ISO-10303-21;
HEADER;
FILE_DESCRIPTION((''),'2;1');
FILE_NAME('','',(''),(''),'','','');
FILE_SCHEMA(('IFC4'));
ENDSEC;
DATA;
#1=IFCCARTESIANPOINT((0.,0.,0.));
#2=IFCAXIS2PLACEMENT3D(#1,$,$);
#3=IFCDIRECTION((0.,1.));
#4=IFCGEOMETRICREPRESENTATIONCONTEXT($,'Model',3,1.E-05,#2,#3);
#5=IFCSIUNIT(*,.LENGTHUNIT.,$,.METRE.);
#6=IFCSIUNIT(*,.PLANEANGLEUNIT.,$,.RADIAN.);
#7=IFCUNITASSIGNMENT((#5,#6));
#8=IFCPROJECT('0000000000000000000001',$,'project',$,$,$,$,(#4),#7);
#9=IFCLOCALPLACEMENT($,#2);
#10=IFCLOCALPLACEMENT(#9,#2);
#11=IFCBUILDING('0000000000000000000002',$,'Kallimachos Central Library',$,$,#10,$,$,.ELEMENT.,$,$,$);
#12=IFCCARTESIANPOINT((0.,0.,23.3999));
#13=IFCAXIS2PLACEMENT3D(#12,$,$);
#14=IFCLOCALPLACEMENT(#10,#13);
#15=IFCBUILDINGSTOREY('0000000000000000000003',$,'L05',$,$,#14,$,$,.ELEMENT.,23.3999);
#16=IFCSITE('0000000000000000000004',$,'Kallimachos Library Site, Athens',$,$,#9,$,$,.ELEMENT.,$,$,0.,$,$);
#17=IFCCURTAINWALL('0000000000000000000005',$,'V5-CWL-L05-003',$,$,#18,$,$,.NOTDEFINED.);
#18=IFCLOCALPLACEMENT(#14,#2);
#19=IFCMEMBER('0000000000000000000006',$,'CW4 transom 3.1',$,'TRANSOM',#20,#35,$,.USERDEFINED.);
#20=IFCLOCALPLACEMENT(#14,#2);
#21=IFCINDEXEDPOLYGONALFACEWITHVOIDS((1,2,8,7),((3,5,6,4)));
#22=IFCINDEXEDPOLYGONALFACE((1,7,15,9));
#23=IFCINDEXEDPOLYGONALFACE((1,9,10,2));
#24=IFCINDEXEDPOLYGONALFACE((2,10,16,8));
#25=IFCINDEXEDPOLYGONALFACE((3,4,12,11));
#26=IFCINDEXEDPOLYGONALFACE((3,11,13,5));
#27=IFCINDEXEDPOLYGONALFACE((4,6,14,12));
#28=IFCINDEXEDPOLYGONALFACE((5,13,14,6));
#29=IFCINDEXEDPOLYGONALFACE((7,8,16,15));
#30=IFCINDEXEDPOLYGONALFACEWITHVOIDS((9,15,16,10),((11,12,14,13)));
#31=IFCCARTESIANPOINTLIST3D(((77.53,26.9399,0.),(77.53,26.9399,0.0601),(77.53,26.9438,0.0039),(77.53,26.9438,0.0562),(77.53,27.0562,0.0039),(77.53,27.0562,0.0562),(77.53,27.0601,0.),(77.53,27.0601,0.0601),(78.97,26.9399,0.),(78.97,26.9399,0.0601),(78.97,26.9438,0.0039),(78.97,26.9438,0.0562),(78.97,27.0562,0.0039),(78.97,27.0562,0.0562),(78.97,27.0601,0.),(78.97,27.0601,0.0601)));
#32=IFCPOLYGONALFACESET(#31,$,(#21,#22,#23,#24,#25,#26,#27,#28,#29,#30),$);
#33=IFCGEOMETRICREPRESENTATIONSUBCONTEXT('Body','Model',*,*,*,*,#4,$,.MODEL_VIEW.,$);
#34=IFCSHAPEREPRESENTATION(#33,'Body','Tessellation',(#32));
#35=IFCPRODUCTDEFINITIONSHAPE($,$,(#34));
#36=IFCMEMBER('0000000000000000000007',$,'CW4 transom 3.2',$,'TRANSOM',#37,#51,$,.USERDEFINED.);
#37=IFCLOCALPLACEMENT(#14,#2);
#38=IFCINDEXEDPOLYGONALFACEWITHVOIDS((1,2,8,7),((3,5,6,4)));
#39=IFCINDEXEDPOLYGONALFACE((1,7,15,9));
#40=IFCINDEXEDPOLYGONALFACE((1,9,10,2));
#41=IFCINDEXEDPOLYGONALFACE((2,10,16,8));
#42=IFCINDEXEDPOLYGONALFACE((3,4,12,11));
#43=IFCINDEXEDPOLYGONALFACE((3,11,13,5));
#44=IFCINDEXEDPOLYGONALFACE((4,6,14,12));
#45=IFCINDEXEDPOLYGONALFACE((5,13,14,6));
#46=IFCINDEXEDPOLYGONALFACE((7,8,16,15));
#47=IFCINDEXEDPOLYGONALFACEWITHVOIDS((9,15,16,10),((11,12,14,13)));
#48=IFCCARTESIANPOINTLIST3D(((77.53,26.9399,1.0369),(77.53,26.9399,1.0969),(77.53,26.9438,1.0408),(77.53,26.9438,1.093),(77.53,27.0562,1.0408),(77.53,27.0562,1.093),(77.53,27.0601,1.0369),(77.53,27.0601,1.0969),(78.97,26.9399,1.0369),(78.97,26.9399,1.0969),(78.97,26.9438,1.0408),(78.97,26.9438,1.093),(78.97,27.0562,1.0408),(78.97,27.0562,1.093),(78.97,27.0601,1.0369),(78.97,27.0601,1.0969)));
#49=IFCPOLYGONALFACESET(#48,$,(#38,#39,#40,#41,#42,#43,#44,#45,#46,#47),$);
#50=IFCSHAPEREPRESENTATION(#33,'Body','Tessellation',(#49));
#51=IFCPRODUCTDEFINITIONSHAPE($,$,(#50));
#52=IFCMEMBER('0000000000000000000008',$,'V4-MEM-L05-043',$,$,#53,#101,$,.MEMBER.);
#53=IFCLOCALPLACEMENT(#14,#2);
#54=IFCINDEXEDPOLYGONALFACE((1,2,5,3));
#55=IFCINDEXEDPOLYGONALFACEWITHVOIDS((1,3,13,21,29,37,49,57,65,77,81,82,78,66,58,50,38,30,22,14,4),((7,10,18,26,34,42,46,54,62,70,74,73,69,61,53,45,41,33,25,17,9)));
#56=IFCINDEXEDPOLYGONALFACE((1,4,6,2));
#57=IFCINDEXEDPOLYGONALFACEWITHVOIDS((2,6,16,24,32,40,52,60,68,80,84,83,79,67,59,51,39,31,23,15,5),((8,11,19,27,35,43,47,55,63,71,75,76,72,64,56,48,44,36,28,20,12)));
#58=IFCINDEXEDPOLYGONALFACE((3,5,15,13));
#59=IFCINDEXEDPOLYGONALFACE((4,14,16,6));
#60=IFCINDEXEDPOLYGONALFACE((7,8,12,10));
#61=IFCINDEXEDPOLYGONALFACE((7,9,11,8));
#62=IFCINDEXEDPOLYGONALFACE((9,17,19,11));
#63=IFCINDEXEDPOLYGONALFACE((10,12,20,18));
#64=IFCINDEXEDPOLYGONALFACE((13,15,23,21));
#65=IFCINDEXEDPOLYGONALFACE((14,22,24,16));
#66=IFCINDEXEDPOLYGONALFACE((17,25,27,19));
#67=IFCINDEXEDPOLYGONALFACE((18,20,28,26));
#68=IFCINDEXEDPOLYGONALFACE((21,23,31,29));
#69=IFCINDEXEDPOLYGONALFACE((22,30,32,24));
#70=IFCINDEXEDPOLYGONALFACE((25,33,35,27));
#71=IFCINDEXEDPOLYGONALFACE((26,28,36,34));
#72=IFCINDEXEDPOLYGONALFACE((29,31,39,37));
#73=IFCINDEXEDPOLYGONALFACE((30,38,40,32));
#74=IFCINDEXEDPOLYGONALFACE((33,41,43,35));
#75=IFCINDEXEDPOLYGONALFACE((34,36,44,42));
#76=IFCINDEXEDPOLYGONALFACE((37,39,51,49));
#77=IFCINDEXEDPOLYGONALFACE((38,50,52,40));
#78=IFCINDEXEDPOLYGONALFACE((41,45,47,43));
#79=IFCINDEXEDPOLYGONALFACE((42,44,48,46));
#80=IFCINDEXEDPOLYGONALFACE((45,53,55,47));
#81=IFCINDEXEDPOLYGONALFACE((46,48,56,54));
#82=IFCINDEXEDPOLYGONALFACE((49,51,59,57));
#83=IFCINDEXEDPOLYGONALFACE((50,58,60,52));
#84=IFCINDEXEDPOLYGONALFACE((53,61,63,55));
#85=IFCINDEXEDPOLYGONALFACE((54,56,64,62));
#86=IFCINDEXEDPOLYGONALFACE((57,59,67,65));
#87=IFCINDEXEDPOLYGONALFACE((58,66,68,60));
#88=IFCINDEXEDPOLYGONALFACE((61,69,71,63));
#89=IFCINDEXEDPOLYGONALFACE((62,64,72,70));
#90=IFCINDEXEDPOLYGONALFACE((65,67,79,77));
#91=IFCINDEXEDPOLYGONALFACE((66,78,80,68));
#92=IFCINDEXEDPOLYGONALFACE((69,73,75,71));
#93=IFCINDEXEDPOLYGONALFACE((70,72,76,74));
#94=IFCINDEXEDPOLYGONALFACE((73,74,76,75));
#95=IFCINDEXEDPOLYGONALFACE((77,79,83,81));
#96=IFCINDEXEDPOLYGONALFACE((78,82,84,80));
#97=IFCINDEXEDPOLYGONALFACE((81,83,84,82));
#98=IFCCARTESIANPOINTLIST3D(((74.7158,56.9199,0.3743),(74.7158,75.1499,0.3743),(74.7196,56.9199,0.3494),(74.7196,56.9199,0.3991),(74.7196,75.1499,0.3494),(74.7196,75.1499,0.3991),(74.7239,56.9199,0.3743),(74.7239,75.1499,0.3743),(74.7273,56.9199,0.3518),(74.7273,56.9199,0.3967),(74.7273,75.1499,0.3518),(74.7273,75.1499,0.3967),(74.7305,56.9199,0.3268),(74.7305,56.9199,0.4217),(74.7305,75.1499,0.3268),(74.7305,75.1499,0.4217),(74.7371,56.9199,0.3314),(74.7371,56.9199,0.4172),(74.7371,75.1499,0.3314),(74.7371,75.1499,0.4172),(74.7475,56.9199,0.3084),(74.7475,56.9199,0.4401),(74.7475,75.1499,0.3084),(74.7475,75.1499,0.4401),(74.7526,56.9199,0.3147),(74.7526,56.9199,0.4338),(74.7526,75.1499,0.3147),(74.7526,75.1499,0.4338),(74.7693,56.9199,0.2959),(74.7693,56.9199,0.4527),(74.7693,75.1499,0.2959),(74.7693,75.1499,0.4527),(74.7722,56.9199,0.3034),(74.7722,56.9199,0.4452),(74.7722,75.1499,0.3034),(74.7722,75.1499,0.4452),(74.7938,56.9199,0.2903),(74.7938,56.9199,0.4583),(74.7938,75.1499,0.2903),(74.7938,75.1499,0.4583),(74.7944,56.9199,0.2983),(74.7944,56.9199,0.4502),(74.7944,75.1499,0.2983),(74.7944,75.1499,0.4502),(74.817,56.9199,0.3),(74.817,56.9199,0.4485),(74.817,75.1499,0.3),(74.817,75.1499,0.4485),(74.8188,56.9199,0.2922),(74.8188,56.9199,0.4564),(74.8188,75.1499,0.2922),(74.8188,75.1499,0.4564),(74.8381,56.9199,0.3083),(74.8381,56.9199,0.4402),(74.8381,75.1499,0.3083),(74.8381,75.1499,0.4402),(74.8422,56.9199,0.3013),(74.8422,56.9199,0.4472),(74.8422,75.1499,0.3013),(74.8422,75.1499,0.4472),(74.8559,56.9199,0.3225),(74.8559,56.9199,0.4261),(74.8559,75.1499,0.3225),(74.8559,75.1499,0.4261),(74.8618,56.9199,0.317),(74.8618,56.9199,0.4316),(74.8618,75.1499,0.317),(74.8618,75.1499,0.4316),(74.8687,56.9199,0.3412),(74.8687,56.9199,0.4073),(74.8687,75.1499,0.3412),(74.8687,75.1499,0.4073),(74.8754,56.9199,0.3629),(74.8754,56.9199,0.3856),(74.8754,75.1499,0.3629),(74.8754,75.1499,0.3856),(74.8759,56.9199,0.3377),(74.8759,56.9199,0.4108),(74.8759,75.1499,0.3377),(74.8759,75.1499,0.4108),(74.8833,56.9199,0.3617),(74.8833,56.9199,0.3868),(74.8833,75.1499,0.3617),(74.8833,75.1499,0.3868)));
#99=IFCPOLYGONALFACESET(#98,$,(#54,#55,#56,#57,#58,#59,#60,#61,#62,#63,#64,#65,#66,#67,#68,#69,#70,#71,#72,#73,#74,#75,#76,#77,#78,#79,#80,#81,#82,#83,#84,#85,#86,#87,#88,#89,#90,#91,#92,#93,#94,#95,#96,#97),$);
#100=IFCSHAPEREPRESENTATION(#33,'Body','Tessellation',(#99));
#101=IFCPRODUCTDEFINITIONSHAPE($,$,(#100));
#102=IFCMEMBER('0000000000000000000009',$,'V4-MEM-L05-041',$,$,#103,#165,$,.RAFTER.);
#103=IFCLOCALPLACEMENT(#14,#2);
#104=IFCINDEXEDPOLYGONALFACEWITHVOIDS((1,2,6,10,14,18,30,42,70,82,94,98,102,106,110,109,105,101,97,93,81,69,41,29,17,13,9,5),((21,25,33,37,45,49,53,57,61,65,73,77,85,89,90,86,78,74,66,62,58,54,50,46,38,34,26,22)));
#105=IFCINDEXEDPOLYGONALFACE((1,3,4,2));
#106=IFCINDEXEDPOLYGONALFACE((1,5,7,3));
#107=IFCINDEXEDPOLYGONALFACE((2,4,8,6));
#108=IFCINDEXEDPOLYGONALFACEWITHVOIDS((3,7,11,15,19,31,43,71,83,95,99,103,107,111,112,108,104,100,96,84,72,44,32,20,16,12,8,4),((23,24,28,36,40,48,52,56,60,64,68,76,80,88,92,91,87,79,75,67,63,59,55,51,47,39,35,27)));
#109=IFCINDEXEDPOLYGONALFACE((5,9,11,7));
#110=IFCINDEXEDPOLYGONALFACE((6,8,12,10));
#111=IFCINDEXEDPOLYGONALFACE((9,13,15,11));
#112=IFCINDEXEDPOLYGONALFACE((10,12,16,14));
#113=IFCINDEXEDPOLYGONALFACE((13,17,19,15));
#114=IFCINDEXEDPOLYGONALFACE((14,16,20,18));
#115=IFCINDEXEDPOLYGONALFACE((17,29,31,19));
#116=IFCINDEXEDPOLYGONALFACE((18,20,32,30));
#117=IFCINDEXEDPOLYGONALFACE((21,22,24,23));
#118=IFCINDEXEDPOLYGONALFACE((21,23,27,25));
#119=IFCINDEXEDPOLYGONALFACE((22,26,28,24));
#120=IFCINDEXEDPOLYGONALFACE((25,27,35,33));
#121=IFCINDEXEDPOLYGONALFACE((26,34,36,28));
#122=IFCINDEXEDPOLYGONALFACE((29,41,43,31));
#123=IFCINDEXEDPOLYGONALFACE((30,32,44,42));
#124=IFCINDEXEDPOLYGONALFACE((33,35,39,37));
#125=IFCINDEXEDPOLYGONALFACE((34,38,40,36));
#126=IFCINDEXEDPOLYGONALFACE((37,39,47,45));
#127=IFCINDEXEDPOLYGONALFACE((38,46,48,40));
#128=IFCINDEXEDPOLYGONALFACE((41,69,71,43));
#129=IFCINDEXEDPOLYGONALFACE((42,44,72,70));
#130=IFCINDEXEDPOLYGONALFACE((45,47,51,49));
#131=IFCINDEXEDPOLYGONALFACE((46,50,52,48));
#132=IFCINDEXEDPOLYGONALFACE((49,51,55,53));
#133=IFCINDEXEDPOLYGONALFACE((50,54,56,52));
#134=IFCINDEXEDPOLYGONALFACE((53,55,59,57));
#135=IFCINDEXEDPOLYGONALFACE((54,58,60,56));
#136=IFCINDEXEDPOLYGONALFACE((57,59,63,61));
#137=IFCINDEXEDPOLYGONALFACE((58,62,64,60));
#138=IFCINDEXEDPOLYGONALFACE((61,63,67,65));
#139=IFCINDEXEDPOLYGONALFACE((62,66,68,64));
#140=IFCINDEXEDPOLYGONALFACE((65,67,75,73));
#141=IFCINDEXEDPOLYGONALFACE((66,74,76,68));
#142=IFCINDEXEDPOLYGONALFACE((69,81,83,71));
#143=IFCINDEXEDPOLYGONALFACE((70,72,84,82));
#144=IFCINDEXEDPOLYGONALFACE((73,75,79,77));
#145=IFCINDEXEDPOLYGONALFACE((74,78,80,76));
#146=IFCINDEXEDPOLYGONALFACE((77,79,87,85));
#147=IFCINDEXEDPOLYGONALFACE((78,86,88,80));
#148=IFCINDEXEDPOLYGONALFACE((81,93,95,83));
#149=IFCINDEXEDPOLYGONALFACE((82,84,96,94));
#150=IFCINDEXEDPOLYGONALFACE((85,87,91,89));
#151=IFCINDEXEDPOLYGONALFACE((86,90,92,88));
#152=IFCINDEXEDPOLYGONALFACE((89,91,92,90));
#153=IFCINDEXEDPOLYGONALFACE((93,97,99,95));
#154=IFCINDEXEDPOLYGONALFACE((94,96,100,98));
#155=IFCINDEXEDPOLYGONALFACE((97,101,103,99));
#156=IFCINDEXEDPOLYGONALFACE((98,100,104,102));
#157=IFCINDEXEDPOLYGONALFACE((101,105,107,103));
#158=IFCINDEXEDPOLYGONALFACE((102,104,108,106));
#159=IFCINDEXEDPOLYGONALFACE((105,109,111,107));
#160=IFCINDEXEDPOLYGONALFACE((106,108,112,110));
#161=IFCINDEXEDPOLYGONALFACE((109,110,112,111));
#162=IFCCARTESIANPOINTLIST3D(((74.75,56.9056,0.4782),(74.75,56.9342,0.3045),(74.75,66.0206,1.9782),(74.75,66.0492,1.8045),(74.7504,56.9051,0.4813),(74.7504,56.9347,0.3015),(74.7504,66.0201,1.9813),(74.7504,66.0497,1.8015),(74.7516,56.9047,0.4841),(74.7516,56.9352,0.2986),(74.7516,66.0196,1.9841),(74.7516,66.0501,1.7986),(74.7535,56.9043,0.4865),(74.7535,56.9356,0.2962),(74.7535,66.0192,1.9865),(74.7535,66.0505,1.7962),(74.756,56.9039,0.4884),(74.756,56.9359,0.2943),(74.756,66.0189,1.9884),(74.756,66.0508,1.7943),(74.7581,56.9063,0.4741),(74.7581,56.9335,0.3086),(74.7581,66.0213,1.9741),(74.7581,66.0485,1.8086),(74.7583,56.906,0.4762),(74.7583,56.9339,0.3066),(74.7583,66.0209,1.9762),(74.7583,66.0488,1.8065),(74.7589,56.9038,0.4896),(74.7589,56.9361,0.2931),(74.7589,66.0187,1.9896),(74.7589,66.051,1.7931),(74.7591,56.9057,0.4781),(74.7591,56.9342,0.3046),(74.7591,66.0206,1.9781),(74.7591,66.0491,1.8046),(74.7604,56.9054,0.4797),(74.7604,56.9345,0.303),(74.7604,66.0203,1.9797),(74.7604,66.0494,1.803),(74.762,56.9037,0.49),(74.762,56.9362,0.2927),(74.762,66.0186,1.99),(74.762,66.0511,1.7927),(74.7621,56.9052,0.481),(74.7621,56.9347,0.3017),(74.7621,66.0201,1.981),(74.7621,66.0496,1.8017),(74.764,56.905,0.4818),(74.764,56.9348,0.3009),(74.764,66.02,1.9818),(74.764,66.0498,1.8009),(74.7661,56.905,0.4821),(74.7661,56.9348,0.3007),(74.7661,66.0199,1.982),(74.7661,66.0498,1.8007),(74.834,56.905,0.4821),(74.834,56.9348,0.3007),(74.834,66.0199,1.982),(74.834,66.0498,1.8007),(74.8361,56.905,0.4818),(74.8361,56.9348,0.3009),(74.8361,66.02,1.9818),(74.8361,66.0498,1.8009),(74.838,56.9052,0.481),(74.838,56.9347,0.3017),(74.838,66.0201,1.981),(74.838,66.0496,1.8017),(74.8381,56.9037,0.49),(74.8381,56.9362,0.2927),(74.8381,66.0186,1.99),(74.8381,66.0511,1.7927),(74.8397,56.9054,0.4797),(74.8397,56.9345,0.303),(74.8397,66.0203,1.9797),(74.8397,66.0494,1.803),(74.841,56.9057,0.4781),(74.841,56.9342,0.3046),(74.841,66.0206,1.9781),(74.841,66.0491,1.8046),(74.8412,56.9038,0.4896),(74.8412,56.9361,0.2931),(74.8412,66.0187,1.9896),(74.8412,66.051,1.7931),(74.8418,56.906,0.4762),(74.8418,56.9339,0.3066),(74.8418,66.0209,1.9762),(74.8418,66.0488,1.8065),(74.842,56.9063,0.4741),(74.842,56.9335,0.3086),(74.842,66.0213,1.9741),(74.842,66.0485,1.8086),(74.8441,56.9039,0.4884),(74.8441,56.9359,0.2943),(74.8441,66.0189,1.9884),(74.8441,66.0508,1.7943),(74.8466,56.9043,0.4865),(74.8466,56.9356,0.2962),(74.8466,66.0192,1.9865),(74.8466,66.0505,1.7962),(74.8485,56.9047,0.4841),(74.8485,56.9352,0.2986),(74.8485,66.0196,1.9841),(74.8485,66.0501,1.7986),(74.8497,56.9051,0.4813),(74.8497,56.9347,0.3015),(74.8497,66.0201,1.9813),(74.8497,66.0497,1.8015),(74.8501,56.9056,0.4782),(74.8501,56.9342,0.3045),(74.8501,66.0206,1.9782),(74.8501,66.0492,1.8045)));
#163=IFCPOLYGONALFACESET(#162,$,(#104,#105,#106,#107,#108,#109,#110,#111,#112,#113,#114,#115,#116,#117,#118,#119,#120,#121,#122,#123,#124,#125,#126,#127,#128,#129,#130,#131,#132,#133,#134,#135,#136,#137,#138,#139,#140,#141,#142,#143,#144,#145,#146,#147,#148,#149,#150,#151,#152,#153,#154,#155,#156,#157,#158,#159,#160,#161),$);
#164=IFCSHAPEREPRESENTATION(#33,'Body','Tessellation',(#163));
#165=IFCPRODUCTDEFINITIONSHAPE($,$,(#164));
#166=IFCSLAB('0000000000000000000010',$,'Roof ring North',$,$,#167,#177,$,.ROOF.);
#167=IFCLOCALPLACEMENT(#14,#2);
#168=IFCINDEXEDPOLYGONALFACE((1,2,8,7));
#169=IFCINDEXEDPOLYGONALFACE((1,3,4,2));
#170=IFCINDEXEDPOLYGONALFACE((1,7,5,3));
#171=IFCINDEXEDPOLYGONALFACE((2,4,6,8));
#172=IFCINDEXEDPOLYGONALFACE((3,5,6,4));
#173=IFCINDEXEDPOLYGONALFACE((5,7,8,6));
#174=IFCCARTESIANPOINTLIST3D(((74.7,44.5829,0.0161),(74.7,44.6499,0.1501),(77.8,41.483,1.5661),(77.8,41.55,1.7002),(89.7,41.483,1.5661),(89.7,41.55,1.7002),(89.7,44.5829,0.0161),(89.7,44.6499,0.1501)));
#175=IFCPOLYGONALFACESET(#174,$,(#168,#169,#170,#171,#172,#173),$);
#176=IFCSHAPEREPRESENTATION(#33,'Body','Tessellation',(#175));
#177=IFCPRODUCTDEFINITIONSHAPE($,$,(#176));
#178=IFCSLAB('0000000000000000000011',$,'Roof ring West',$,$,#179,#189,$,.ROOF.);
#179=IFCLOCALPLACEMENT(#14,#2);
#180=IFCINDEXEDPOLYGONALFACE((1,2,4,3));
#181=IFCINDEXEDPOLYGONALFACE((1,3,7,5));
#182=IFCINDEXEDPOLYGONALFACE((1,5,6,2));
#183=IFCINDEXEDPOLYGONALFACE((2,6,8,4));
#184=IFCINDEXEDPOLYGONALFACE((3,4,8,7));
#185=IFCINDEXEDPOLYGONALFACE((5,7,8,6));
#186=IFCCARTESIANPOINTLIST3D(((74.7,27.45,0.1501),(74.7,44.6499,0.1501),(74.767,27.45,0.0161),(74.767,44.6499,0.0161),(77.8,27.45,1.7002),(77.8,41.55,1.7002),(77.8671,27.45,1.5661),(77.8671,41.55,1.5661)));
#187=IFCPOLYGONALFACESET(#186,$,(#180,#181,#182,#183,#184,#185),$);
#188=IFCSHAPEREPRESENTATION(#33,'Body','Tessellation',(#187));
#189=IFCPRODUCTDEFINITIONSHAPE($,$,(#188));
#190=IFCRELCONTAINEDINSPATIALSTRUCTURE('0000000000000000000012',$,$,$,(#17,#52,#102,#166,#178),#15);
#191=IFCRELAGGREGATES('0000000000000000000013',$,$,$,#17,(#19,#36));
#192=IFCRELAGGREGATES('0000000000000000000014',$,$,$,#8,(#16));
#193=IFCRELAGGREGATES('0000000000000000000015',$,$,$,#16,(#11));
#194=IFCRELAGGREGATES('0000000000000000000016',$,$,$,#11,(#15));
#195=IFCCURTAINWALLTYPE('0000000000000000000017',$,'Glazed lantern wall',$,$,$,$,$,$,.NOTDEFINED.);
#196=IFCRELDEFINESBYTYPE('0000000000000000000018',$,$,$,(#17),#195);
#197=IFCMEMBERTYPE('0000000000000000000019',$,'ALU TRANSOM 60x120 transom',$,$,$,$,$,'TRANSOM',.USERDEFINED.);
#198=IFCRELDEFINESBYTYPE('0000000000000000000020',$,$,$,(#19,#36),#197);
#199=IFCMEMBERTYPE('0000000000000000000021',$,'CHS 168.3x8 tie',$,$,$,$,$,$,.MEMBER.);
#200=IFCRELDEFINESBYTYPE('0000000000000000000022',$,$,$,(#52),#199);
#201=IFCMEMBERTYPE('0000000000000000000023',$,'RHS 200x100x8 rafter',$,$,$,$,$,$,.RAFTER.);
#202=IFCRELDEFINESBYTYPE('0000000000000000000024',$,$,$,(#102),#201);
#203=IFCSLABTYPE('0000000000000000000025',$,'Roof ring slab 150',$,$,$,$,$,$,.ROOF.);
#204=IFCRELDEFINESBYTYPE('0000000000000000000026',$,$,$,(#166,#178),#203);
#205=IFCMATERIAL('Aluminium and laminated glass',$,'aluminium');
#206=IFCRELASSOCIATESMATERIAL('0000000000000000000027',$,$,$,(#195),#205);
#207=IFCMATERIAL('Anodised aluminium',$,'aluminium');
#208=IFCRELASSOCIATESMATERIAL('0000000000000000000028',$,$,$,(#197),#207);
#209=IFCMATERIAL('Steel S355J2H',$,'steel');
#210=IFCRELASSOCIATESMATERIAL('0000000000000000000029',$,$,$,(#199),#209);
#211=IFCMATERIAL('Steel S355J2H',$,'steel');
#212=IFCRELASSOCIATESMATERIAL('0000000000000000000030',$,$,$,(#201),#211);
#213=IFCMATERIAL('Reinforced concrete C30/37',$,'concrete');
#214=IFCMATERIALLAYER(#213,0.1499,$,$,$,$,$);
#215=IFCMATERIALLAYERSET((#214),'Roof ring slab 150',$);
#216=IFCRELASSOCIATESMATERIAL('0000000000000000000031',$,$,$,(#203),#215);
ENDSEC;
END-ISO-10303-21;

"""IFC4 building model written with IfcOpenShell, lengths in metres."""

from ifc_helpers import new_model, si_unit, direction, frame, origin, origin_2d, place, context, subcontext, project, spatial, polyline, hollow_rectangle, hollow_circle, outline, extrude, material, layer, layer_set, material_profile, profile_set, type_object, element, aggregate, save


model = new_model("IFC4")

# Units and contexts
model_context = context("Model", 3, precision=1e-05, world=origin(), true_north=direction((0.0, 1.0)))
body_context = subcontext(model_context, "Body", "Model", "MODEL_VIEW")
ifc_project = project(units=[si_unit("LENGTHUNIT", "METRE"), si_unit("PLANEANGLEUNIT", "RADIAN")], contexts=[model_context])

# Site, building, storey
site_placement = place(None, origin())
site = spatial("IfcSite", under=ifc_project, at=site_placement, Name="Kallimachos Library Site, Athens", CompositionType="ELEMENT", RefElevation=0.0)
building_placement = place(site_placement, origin())
building = spatial("IfcBuilding", under=site, at=building_placement, Name="Kallimachos Central Library", CompositionType="ELEMENT")
storey_placement = place(building_placement, frame((0.0, 0.0, 23.3999)))
storey = spatial("IfcBuildingStorey", under=building, at=storey_placement, Name="L05", CompositionType="ELEMENT", Elevation=23.3999)

# Curtain wall, members
ifc_material_1 = material(Name="Aluminium and laminated glass", Category="aluminium")
curtain_wall_type = type_object("IfcCurtainWallType", Name="Glazed lantern wall", PredefinedType="NOTDEFINED", material=ifc_material_1)
curtain_wall_placement = place(storey_placement, origin())
curtain_wall = element("IfcCurtainWall", 1, at=curtain_wall_placement, inside=storey, type_object=curtain_wall_type, Name="V5-CWL-L05-003", PredefinedType="NOTDEFINED")
ifc_material_2 = material(Name="Anodised aluminium", Category="aluminium")
ifc_material_profile_1 = material_profile(ifc_material_2, hollow_rectangle(XDim=0.0601, YDim=0.1201, WallThickness=0.0039, at=origin_2d()), Name="ALU TRANSOM 60x120")
ifc_profile_set_1 = profile_set([ifc_material_profile_1], Name="Anodised aluminium")
member_type_1 = type_object("IfcMemberType", Name="ALU TRANSOM 60x120 transom", ElementType="TRANSOM", PredefinedType="USERDEFINED", material=ifc_profile_set_1)
member_1_placement = place(storey_placement, frame((77.53, 27.0, 0.03), z_axis=(1.0, 0.0, 0.0), x_axis=(0.0, 0.0, 1.0)))
member_1 = element("IfcMember", 2, at=member_1_placement, type_object=member_type_1, Name="CW4 transom 3.1", ObjectType="TRANSOM", PredefinedType="USERDEFINED", context=body_context, shape_type="SweptSolid", body=[
    extrude(hollow_rectangle(XDim=0.0601, YDim=0.1201, WallThickness=0.0039, at=origin_2d()), origin(), (0.0, 0.0, 1.0), 1.4399),
])
member_2_placement = place(storey_placement, frame((77.53, 27.0, 1.0669), z_axis=(1.0, 0.0, 0.0), x_axis=(0.0, 0.0, 1.0)))
member_2 = element("IfcMember", 3, at=member_2_placement, type_object=member_type_1, Name="CW4 transom 3.2", ObjectType="TRANSOM", PredefinedType="USERDEFINED", context=body_context, shape_type="SweptSolid", body=[
    extrude(hollow_rectangle(XDim=0.0601, YDim=0.1201, WallThickness=0.0039, at=origin_2d()), origin(), (0.0, 0.0, 1.0), 1.4399),
])
aggregate(curtain_wall, [member_1, member_2])

# Members
ifc_material_3 = material(Name="Steel S355J2H", Category="steel")
ifc_material_profile_2 = material_profile(ifc_material_3, hollow_circle(Radius=0.0842, WallThickness=0.0081, at=origin_2d()), Name="CHS 168.3x8")
ifc_profile_set_2 = profile_set([ifc_material_profile_2], Name="Steel S355J2H")
member_type_2 = type_object("IfcMemberType", Name="CHS 168.3x8 tie", PredefinedType="MEMBER", material=ifc_profile_set_2)
member_3_placement = place(storey_placement, frame((74.8, 56.9199, 0.3743), z_axis=(0.0, 1.0, 0.0), x_axis=(-1.0, 0.0, 0.0)))
element("IfcMember", 4, at=member_3_placement, inside=storey, type_object=member_type_2, Name="V4-MEM-L05-043", PredefinedType="MEMBER", context=body_context, shape_type="SweptSolid", body=[
    extrude(hollow_circle(Radius=0.0842, WallThickness=0.0081, at=origin_2d()), origin(), (0.0, 0.0, 1.0), 18.23),
])
ifc_material_4 = material(Name="Steel S355J2H", Category="steel")
ifc_material_profile_3 = material_profile(ifc_material_4, hollow_rectangle(XDim=0.1001, YDim=0.2, WallThickness=0.0081, InnerFilletRadius=0.0081, OuterFilletRadius=0.012, at=origin_2d()), Name="RHS 200x100x8")
ifc_profile_set_3 = profile_set([ifc_material_profile_3], Name="Steel S355J2H")
member_type_3 = type_object("IfcMemberType", Name="RHS 200x100x8 rafter", PredefinedType="RAFTER", material=ifc_profile_set_3)
member_4_placement = place(storey_placement, frame((74.8, 56.9199, 0.3914), z_axis=(0.0, 0.986728, 0.16238), x_axis=(-1.0, 0.0, 0.0)))
element("IfcMember", 5, at=member_4_placement, inside=storey, type_object=member_type_3, Name="V4-MEM-L05-041", PredefinedType="RAFTER", context=body_context, shape_type="SweptSolid", body=[
    extrude(hollow_rectangle(XDim=0.1001, YDim=0.2, WallThickness=0.0081, InnerFilletRadius=0.0081, OuterFilletRadius=0.012, at=origin_2d()), origin(), (0.0, 0.0, 1.0), 9.2375),
])

# Slabs
ifc_material_5 = material(Name="Reinforced concrete C30/37", Category="concrete")
ifc_layer_1 = layer(ifc_material_5, 0.1499)
ifc_layer_set_1 = layer_set([ifc_layer_1], Name="Roof ring slab 150")
slab_type = type_object("IfcSlabType", Name="Roof ring slab 150", PredefinedType="ROOF", material=ifc_layer_set_1)
slab_1_placement = place(storey_placement, frame((74.7, 44.6499, 0.1501), z_axis=(0.0, 0.447242, 0.894413), x_axis=(1.0, 0.0, 0.0)))
element("IfcSlab", 6, at=slab_1_placement, inside=storey, type_object=slab_type, Name="Roof ring North", PredefinedType="ROOF", context=body_context, shape_type="SweptSolid", body=[
    extrude(outline(polyline([(0.0, 0.0), (15.0, 0.0), (15.0, -3.4658), (3.1001, -3.4658), (0.0, 0.0)])), origin(), (0.0, 0.0, -1.0), 0.1499),
])
slab_2_placement = place(storey_placement, frame((74.7, 27.45, 0.1501), z_axis=(-0.447214, 0.0, 0.894427), x_axis=(0.0, 1.0, 0.0)))
element("IfcSlab", 7, at=slab_2_placement, inside=storey, type_object=slab_type, Name="Roof ring West", PredefinedType="ROOF", context=body_context, shape_type="SweptSolid", body=[
    extrude(outline(polyline([(0.0, 0.0), (17.2, 0.0), (14.1001, -3.466), (0.0, -3.466), (0.0, 0.0)])), origin(), (0.0, 0.0, -1.0), 0.1499),
])

save(model, "model.ifc")
